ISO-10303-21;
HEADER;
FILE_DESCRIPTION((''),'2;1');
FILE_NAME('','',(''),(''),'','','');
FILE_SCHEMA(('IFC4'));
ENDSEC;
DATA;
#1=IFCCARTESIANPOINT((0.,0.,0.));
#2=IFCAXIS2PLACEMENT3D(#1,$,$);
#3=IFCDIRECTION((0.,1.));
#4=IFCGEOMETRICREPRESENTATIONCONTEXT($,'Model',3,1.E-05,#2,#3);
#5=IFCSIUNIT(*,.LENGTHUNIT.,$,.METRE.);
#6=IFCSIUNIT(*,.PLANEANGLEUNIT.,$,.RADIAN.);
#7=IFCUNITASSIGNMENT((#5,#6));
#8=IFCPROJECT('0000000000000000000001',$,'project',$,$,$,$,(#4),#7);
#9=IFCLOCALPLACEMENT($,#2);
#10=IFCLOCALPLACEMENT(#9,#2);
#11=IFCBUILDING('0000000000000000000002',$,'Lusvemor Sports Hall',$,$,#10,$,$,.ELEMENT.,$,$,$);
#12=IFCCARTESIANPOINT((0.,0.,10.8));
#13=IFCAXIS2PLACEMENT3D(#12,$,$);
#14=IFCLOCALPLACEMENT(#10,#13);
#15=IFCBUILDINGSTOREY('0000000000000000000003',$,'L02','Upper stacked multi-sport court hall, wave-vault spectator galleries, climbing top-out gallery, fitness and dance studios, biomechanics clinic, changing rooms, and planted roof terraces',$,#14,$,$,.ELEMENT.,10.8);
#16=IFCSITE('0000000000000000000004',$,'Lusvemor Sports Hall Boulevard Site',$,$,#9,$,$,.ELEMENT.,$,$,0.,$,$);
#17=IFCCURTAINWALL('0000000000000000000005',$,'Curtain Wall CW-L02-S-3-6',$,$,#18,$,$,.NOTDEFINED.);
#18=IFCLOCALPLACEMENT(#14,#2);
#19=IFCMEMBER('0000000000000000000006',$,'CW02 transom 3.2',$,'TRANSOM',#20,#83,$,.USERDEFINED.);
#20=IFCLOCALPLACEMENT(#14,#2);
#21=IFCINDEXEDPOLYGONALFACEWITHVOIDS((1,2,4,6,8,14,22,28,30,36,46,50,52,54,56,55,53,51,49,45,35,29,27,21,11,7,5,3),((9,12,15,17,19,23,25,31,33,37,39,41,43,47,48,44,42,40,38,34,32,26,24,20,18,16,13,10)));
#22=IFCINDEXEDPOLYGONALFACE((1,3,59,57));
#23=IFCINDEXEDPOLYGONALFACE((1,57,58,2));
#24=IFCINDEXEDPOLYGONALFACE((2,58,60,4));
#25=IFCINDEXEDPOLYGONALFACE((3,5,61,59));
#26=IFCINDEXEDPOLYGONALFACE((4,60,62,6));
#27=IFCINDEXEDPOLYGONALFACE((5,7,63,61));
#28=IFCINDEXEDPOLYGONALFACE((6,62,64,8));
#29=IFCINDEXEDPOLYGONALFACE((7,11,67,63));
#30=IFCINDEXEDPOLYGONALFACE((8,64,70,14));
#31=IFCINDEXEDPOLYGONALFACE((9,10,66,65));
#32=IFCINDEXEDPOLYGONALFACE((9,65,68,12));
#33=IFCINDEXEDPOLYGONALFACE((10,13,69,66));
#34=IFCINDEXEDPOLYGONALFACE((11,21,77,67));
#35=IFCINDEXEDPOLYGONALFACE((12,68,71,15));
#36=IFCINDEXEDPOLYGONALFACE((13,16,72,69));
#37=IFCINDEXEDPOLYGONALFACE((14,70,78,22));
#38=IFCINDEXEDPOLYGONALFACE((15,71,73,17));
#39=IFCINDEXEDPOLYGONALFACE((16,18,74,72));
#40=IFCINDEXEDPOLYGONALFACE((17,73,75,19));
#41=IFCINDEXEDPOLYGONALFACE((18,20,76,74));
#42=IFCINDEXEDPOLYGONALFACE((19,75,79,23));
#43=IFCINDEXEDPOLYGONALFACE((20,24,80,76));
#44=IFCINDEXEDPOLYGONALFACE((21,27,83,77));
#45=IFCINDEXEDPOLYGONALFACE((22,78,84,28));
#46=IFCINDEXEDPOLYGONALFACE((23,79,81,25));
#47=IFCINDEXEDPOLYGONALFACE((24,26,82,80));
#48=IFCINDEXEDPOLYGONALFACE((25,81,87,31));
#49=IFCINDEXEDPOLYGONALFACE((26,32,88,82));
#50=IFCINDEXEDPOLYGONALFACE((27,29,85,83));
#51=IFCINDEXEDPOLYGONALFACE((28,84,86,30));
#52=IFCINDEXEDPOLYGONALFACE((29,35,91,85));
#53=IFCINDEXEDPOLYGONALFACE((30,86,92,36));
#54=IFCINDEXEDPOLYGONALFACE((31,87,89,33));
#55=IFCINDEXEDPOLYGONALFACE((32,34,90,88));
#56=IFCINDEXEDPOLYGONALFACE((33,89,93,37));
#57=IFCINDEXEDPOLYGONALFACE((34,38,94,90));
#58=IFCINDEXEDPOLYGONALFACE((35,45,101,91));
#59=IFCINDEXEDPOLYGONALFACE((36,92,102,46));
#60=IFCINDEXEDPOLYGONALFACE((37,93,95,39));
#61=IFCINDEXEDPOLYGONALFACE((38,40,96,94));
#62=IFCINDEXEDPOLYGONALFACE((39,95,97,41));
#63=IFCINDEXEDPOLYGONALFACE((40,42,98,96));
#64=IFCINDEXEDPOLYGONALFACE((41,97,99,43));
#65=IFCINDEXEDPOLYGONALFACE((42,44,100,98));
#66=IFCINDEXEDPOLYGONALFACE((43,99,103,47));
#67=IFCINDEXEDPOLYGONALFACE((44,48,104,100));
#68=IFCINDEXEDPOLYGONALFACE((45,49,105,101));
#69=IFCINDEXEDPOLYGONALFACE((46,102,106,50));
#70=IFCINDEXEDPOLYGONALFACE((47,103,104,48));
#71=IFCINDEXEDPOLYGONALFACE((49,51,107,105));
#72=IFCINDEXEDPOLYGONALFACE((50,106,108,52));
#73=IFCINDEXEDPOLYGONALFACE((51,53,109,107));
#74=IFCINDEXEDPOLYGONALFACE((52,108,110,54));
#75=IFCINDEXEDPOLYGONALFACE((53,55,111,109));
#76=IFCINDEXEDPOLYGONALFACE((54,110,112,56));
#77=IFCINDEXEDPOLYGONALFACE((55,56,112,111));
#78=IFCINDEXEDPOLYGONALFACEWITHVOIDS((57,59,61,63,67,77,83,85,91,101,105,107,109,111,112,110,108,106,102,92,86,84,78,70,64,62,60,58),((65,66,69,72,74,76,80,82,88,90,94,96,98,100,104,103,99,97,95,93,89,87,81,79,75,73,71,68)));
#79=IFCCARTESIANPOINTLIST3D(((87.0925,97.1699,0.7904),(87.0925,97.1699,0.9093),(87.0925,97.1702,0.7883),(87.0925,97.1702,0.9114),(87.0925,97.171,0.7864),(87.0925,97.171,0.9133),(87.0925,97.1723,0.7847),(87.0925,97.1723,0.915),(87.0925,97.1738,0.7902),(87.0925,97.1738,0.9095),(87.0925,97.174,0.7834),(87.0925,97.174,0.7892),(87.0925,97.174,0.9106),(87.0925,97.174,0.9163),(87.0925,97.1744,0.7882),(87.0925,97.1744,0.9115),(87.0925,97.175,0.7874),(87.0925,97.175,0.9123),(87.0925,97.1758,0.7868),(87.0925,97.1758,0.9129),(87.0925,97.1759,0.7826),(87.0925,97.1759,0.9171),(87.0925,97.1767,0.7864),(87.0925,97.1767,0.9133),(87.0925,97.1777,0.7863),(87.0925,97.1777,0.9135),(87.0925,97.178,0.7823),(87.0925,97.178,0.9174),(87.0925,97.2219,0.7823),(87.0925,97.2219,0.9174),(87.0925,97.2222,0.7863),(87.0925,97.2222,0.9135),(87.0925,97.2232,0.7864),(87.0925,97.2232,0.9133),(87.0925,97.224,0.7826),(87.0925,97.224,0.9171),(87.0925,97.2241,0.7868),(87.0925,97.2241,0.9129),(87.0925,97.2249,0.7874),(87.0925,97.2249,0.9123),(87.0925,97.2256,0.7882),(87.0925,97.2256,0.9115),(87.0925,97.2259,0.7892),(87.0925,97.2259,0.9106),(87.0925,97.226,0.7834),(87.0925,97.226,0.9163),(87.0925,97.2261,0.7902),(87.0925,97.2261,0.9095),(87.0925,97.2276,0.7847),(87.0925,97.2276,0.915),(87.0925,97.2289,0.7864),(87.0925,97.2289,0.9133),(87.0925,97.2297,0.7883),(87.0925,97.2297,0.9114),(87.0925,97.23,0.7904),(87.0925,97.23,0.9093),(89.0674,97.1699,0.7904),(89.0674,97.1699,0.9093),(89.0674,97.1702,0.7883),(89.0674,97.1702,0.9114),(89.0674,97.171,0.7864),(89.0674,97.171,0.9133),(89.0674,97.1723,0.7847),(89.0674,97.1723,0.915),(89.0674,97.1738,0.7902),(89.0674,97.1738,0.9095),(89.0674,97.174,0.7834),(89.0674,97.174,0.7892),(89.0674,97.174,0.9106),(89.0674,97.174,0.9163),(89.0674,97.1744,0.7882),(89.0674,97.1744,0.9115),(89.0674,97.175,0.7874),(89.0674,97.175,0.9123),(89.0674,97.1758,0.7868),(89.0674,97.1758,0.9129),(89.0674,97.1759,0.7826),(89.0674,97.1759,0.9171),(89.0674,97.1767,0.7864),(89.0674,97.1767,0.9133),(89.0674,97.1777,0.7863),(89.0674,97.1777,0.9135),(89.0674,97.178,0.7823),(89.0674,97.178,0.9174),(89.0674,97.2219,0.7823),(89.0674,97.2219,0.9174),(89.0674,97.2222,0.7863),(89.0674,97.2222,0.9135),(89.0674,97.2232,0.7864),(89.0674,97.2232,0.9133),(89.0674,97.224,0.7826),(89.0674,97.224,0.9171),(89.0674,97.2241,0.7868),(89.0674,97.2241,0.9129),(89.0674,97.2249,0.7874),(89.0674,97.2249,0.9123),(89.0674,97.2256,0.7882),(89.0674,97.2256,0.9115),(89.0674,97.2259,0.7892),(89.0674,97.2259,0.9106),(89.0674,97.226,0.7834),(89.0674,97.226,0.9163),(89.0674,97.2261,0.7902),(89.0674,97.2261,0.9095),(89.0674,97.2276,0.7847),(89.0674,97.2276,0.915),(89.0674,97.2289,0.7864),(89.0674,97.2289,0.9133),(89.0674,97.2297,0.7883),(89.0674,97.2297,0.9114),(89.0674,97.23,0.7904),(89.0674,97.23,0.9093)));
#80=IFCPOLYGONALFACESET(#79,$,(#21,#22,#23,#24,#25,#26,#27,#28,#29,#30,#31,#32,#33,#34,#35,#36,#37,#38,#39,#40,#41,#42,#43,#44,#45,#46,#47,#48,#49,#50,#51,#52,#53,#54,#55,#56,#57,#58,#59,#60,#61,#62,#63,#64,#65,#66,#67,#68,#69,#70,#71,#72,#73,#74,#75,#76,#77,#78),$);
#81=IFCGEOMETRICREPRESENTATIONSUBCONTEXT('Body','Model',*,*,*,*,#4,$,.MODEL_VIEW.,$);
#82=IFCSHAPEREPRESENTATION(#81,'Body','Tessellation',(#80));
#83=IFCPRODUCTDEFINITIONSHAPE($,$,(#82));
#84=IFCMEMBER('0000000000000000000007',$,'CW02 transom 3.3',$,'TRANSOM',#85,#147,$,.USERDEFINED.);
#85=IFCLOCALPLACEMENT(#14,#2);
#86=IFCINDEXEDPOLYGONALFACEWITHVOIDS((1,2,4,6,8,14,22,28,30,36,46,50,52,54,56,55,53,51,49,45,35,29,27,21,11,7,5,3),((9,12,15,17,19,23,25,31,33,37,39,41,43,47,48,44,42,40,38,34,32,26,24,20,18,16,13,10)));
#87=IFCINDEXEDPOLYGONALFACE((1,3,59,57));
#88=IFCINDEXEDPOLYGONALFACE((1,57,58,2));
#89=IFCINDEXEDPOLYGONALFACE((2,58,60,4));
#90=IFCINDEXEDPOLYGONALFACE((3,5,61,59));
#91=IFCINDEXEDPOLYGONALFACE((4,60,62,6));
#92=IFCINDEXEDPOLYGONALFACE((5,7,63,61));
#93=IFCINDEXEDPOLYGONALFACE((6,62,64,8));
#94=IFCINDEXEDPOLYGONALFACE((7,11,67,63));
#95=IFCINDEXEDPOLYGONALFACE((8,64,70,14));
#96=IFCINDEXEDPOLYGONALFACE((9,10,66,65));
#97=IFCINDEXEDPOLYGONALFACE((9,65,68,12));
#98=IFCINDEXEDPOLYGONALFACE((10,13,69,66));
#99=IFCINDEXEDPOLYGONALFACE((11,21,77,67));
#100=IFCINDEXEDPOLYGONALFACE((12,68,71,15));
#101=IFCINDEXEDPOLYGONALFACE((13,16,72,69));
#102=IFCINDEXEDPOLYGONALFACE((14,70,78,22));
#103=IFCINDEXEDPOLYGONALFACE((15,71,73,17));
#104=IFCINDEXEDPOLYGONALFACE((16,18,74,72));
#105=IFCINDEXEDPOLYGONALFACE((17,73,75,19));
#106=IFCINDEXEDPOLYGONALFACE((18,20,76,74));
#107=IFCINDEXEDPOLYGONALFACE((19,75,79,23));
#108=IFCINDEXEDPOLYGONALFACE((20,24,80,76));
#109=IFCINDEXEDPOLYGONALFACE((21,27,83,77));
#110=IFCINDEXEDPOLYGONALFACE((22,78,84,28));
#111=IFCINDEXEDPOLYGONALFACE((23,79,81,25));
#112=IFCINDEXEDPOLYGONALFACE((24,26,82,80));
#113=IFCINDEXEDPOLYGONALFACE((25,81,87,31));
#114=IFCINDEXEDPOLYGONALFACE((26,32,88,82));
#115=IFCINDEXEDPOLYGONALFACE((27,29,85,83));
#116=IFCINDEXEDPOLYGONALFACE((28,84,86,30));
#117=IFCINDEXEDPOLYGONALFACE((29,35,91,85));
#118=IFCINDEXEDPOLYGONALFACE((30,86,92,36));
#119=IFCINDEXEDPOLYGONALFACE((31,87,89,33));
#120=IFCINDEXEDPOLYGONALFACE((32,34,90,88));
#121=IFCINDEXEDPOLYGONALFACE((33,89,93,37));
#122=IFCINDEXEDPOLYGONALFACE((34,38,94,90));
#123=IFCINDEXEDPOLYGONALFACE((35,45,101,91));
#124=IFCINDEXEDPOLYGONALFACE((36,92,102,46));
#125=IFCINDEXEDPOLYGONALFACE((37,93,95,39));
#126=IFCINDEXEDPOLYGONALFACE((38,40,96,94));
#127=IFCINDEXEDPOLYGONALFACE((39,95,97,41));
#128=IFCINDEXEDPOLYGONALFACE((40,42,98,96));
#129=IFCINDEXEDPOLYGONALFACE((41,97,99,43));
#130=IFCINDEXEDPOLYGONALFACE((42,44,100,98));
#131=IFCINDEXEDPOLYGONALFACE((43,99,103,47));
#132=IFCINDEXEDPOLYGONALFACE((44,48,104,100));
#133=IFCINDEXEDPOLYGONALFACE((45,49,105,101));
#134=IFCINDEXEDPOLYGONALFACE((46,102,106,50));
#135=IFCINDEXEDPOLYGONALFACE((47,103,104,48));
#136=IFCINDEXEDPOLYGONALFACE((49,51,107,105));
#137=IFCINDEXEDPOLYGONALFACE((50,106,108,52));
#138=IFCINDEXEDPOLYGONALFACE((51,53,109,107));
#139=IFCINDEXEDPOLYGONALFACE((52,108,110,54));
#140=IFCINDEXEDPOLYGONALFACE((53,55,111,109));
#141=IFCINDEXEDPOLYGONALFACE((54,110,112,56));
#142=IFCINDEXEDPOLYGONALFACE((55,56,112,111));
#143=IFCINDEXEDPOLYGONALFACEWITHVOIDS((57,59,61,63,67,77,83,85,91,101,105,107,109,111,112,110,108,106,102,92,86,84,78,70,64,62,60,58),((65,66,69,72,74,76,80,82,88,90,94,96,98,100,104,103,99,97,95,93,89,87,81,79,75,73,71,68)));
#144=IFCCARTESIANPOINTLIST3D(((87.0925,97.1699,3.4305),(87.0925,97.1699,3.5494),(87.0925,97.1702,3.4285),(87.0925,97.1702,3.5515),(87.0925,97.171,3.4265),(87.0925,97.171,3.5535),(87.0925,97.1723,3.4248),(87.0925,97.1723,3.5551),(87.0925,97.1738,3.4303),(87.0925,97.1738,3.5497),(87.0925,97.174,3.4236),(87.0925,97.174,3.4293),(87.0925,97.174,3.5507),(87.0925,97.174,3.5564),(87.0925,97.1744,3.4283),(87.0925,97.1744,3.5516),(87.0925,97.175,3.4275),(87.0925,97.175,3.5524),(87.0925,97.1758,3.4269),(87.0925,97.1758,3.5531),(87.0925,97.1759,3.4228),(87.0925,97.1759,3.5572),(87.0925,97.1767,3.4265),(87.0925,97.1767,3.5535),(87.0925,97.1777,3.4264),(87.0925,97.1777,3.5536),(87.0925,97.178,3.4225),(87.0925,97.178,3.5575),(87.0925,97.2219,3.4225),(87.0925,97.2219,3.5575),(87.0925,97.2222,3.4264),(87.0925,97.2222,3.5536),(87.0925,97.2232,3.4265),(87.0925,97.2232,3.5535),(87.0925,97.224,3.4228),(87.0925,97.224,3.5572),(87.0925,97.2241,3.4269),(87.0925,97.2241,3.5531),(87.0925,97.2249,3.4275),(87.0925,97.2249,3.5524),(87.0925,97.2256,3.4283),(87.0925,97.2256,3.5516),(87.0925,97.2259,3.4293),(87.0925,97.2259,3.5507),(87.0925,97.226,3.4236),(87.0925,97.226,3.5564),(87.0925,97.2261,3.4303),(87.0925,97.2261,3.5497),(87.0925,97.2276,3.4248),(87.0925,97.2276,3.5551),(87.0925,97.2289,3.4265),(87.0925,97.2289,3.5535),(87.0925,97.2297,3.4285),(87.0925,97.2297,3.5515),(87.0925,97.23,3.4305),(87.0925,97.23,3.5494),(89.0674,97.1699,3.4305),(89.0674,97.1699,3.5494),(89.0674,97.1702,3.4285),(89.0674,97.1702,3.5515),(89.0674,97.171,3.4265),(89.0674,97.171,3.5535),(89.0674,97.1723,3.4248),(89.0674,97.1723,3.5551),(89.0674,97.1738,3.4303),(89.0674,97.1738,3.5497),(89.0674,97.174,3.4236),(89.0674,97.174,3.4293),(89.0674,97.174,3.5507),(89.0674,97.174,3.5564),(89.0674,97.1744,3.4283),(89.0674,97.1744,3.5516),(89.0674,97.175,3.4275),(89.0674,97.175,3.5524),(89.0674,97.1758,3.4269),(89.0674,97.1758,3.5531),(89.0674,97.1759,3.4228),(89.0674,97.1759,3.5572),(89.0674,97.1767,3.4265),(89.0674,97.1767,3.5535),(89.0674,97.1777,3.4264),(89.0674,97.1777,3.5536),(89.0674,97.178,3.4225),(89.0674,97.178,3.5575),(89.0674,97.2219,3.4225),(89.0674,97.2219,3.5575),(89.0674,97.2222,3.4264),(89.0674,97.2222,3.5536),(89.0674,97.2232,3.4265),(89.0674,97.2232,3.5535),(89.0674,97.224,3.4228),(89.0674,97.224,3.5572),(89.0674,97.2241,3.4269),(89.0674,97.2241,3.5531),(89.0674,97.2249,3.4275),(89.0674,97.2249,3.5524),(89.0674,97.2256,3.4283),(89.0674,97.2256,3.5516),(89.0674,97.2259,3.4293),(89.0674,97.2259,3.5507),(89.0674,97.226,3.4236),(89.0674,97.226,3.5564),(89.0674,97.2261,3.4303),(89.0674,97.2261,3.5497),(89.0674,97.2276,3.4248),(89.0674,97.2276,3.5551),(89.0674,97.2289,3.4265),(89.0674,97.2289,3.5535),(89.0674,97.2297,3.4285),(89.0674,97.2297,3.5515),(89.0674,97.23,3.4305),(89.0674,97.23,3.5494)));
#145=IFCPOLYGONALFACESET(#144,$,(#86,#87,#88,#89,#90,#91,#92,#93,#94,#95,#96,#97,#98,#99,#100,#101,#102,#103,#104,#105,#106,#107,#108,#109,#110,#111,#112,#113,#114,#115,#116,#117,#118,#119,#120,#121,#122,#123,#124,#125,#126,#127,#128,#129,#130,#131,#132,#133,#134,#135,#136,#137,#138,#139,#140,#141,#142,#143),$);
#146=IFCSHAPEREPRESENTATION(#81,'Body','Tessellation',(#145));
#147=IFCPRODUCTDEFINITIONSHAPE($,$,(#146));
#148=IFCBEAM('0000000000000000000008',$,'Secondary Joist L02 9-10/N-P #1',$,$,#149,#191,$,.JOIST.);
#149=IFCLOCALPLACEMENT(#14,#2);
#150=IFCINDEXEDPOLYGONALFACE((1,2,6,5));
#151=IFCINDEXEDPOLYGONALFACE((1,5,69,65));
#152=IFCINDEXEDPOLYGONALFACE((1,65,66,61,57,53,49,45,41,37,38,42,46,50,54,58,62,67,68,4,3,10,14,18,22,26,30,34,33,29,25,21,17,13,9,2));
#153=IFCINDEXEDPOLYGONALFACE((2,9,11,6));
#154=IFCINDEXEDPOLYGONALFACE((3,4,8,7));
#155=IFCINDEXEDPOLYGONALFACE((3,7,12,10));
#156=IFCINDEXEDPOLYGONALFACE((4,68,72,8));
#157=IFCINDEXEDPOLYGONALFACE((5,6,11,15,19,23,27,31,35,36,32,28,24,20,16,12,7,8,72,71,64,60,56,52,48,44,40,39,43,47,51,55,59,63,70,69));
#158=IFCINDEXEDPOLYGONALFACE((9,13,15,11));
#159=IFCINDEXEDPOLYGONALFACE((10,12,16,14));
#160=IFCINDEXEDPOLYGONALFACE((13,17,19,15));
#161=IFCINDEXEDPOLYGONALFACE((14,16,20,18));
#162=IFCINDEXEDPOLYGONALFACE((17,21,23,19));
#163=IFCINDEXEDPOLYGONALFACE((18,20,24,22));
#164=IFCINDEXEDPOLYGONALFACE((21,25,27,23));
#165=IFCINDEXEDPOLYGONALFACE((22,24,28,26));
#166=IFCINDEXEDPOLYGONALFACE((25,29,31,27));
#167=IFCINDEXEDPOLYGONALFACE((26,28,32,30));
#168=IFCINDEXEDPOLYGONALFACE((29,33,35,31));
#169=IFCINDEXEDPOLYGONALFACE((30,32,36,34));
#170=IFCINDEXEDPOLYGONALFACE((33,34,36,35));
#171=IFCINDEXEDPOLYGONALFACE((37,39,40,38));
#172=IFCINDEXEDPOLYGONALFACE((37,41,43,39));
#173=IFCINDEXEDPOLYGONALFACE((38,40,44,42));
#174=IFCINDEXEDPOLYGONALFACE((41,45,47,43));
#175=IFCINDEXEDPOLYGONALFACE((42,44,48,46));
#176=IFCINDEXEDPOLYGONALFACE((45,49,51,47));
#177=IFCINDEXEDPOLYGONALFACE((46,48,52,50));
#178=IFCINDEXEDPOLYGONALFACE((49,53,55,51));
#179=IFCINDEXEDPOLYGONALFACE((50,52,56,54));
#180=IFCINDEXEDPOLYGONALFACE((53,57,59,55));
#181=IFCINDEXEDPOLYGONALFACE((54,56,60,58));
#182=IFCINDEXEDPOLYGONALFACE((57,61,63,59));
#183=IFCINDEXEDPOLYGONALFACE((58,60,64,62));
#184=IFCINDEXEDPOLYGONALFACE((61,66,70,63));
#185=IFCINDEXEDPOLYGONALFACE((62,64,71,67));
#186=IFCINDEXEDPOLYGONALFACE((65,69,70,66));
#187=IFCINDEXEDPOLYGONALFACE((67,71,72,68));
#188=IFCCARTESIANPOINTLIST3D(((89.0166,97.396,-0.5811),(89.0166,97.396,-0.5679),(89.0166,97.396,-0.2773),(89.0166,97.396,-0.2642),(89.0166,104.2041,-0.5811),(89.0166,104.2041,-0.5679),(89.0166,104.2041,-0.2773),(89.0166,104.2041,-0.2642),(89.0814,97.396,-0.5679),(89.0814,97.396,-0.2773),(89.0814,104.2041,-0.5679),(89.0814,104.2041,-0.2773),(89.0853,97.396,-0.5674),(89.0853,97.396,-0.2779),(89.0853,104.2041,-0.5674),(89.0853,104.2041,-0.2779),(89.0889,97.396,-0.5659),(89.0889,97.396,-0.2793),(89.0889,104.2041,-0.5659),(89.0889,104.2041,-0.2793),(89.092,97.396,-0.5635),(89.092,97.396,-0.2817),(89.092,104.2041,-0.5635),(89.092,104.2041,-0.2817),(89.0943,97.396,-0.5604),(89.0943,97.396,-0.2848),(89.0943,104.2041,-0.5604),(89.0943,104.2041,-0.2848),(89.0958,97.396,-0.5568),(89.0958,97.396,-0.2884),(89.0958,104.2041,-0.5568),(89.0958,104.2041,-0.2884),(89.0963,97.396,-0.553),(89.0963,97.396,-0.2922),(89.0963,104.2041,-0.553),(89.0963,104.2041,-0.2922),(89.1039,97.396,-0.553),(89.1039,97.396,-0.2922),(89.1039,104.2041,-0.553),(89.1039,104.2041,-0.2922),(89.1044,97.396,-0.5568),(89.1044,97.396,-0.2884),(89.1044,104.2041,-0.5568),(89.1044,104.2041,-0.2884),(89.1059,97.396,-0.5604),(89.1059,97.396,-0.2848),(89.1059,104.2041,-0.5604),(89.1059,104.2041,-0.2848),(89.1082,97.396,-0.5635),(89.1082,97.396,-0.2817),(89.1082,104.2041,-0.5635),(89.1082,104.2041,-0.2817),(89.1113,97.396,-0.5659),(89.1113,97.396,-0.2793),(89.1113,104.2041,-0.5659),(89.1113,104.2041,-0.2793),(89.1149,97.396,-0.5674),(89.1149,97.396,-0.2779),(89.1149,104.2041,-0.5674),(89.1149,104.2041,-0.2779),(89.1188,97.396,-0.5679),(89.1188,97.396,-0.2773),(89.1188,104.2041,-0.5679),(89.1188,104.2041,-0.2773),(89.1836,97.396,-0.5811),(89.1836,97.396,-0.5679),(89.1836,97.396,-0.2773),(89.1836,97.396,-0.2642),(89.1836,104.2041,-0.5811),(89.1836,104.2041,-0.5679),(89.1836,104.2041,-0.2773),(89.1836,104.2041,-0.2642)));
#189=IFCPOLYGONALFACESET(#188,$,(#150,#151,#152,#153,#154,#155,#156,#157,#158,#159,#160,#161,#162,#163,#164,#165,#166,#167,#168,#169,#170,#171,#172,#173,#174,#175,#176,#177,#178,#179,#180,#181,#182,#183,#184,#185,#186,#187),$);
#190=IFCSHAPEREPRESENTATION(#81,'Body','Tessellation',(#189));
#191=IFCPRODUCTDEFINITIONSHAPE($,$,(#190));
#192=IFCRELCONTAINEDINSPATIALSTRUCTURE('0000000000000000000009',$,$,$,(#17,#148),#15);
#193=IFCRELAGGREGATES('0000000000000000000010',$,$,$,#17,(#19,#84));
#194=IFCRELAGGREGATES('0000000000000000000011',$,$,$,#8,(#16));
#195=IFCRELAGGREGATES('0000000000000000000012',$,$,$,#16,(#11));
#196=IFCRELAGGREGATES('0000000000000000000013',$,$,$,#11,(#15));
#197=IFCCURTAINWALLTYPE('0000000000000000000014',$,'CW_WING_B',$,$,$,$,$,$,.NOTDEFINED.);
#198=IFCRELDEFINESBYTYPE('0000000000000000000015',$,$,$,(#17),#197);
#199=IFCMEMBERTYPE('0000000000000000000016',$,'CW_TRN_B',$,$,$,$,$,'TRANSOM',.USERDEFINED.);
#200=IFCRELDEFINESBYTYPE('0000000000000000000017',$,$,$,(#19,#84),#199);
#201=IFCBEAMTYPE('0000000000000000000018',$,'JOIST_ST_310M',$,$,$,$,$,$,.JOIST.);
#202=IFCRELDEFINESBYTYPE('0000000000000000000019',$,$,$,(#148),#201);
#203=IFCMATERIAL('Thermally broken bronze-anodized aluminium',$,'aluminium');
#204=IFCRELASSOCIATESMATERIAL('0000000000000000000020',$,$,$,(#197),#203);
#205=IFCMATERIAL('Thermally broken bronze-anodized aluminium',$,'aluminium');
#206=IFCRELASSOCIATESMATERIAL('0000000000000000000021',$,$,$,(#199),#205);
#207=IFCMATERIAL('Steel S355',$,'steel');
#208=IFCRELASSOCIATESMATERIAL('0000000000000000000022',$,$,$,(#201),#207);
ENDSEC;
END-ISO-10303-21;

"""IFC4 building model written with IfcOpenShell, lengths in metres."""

from ifc_helpers import new_model, si_unit, direction, frame, origin, origin_2d, place, context, subcontext, project, spatial, hollow_rectangle, i_section, extrude, material, material_profile, profile_set, type_object, element, aggregate, save


model = new_model("IFC4")

# Units and contexts
model_context = context("Model", 3, precision=1e-05, world=origin(), true_north=direction((0.0, 1.0)))
body_context = subcontext(model_context, "Body", "Model", "MODEL_VIEW")
ifc_project = project(units=[si_unit("LENGTHUNIT", "METRE"), si_unit("PLANEANGLEUNIT", "RADIAN")], contexts=[model_context])

# Site, building, storey
site_placement = place(None, origin())
site = spatial("IfcSite", under=ifc_project, at=site_placement, Name="Lusvemor Sports Hall Boulevard Site", CompositionType="ELEMENT", RefElevation=0.0)
building_placement = place(site_placement, origin())
building = spatial("IfcBuilding", under=site, at=building_placement, Name="Lusvemor Sports Hall", CompositionType="ELEMENT")
storey_placement = place(building_placement, frame((0.0, 0.0, 10.8)))
storey = spatial("IfcBuildingStorey", under=building, at=storey_placement, Name="L02", Description="Upper stacked multi-sport court hall, wave-vault spectator galleries, climbing top-out gallery, fitness and dance studios, biomechanics clinic, changing rooms, and planted roof terraces", CompositionType="ELEMENT", Elevation=10.8)

# Curtain wall, members
ifc_material_1 = material(Name="Thermally broken bronze-anodized aluminium", Category="aluminium")
curtain_wall_type = type_object("IfcCurtainWallType", Name="CW_WING_B", PredefinedType="NOTDEFINED", material=ifc_material_1)
curtain_wall_placement = place(storey_placement, origin())
curtain_wall = element("IfcCurtainWall", 1, at=curtain_wall_placement, inside=storey, type_object=curtain_wall_type, Name="Curtain Wall CW-L02-S-3-6", PredefinedType="NOTDEFINED")
ifc_material_2 = material(Name="Thermally broken bronze-anodized aluminium", Category="aluminium")
ifc_material_profile_1 = material_profile(ifc_material_2, hollow_rectangle(XDim=0.0601, YDim=0.135, WallThickness=0.0039, InnerFilletRadius=0.0039, OuterFilletRadius=0.0081, at=origin_2d()), Name="CWTRN135x60x4")
ifc_profile_set_1 = profile_set([ifc_material_profile_1], Name="Thermally broken bronze-anodized aluminium")
member_type_1 = type_object("IfcMemberType", Name="CW_TRN_B", ElementType="TRANSOM", PredefinedType="USERDEFINED", material=ifc_profile_set_1)
member_1_placement = place(storey_placement, frame((89.0674, 97.2, 0.8499), z_axis=(-1.0, 0.0, 0.0), x_axis=(0.0, -1.0, 0.0)))
member_1 = element("IfcMember", 2, at=member_1_placement, type_object=member_type_1, Name="CW02 transom 3.2", ObjectType="TRANSOM", PredefinedType="USERDEFINED", context=body_context, shape_type="SweptSolid", body=[
    extrude(hollow_rectangle(XDim=0.0601, YDim=0.135, WallThickness=0.0039, InnerFilletRadius=0.0039, OuterFilletRadius=0.0081, at=origin_2d()), origin(), (0.0, 0.0, 1.0), 1.9749),
])
member_2_placement = place(storey_placement, frame((89.0674, 97.2, 3.49), z_axis=(-1.0, 0.0, 0.0), x_axis=(0.0, -1.0, 0.0)))
member_2 = element("IfcMember", 3, at=member_2_placement, type_object=member_type_1, Name="CW02 transom 3.3", ObjectType="TRANSOM", PredefinedType="USERDEFINED", context=body_context, shape_type="SweptSolid", body=[
    extrude(hollow_rectangle(XDim=0.0601, YDim=0.135, WallThickness=0.0039, InnerFilletRadius=0.0039, OuterFilletRadius=0.0081, at=origin_2d()), origin(), (0.0, 0.0, 1.0), 1.9749),
])

# Beam
ifc_material_3 = material(Name="Steel S355", Category="steel")
ifc_material_profile_2 = material_profile(ifc_material_3, i_section(OverallWidth=0.167, OverallDepth=0.3169, WebThickness=0.0076, FlangeThickness=0.0132, FilletRadius=0.0149, at=origin_2d()), Name="W310x52.0")
ifc_profile_set_2 = profile_set([ifc_material_profile_2], Name="Steel S355")
beam_type_1 = type_object("IfcBeamType", Name="JOIST_ST_310M", PredefinedType="JOIST", material=ifc_profile_set_2)
beam_1_placement = place(storey_placement, frame((89.1001, 97.396, -0.4226), z_axis=(0.0, 1.0, 0.0), x_axis=(-1.0, 0.0, 0.0)))
element("IfcBeam", 4, at=beam_1_placement, inside=storey, type_object=beam_type_1, Name="Secondary Joist L02 9-10/N-P #1", PredefinedType="JOIST", context=body_context, shape_type="SweptSolid", body=[
    extrude(i_section(OverallWidth=0.167, OverallDepth=0.3169, WebThickness=0.0076, FlangeThickness=0.0132, FilletRadius=0.0149, at=origin_2d()), origin(), (0.0, 0.0, 1.0), 6.8081),
])

aggregate(curtain_wall, [member_1, member_2])

save(model, "model.ifc")
